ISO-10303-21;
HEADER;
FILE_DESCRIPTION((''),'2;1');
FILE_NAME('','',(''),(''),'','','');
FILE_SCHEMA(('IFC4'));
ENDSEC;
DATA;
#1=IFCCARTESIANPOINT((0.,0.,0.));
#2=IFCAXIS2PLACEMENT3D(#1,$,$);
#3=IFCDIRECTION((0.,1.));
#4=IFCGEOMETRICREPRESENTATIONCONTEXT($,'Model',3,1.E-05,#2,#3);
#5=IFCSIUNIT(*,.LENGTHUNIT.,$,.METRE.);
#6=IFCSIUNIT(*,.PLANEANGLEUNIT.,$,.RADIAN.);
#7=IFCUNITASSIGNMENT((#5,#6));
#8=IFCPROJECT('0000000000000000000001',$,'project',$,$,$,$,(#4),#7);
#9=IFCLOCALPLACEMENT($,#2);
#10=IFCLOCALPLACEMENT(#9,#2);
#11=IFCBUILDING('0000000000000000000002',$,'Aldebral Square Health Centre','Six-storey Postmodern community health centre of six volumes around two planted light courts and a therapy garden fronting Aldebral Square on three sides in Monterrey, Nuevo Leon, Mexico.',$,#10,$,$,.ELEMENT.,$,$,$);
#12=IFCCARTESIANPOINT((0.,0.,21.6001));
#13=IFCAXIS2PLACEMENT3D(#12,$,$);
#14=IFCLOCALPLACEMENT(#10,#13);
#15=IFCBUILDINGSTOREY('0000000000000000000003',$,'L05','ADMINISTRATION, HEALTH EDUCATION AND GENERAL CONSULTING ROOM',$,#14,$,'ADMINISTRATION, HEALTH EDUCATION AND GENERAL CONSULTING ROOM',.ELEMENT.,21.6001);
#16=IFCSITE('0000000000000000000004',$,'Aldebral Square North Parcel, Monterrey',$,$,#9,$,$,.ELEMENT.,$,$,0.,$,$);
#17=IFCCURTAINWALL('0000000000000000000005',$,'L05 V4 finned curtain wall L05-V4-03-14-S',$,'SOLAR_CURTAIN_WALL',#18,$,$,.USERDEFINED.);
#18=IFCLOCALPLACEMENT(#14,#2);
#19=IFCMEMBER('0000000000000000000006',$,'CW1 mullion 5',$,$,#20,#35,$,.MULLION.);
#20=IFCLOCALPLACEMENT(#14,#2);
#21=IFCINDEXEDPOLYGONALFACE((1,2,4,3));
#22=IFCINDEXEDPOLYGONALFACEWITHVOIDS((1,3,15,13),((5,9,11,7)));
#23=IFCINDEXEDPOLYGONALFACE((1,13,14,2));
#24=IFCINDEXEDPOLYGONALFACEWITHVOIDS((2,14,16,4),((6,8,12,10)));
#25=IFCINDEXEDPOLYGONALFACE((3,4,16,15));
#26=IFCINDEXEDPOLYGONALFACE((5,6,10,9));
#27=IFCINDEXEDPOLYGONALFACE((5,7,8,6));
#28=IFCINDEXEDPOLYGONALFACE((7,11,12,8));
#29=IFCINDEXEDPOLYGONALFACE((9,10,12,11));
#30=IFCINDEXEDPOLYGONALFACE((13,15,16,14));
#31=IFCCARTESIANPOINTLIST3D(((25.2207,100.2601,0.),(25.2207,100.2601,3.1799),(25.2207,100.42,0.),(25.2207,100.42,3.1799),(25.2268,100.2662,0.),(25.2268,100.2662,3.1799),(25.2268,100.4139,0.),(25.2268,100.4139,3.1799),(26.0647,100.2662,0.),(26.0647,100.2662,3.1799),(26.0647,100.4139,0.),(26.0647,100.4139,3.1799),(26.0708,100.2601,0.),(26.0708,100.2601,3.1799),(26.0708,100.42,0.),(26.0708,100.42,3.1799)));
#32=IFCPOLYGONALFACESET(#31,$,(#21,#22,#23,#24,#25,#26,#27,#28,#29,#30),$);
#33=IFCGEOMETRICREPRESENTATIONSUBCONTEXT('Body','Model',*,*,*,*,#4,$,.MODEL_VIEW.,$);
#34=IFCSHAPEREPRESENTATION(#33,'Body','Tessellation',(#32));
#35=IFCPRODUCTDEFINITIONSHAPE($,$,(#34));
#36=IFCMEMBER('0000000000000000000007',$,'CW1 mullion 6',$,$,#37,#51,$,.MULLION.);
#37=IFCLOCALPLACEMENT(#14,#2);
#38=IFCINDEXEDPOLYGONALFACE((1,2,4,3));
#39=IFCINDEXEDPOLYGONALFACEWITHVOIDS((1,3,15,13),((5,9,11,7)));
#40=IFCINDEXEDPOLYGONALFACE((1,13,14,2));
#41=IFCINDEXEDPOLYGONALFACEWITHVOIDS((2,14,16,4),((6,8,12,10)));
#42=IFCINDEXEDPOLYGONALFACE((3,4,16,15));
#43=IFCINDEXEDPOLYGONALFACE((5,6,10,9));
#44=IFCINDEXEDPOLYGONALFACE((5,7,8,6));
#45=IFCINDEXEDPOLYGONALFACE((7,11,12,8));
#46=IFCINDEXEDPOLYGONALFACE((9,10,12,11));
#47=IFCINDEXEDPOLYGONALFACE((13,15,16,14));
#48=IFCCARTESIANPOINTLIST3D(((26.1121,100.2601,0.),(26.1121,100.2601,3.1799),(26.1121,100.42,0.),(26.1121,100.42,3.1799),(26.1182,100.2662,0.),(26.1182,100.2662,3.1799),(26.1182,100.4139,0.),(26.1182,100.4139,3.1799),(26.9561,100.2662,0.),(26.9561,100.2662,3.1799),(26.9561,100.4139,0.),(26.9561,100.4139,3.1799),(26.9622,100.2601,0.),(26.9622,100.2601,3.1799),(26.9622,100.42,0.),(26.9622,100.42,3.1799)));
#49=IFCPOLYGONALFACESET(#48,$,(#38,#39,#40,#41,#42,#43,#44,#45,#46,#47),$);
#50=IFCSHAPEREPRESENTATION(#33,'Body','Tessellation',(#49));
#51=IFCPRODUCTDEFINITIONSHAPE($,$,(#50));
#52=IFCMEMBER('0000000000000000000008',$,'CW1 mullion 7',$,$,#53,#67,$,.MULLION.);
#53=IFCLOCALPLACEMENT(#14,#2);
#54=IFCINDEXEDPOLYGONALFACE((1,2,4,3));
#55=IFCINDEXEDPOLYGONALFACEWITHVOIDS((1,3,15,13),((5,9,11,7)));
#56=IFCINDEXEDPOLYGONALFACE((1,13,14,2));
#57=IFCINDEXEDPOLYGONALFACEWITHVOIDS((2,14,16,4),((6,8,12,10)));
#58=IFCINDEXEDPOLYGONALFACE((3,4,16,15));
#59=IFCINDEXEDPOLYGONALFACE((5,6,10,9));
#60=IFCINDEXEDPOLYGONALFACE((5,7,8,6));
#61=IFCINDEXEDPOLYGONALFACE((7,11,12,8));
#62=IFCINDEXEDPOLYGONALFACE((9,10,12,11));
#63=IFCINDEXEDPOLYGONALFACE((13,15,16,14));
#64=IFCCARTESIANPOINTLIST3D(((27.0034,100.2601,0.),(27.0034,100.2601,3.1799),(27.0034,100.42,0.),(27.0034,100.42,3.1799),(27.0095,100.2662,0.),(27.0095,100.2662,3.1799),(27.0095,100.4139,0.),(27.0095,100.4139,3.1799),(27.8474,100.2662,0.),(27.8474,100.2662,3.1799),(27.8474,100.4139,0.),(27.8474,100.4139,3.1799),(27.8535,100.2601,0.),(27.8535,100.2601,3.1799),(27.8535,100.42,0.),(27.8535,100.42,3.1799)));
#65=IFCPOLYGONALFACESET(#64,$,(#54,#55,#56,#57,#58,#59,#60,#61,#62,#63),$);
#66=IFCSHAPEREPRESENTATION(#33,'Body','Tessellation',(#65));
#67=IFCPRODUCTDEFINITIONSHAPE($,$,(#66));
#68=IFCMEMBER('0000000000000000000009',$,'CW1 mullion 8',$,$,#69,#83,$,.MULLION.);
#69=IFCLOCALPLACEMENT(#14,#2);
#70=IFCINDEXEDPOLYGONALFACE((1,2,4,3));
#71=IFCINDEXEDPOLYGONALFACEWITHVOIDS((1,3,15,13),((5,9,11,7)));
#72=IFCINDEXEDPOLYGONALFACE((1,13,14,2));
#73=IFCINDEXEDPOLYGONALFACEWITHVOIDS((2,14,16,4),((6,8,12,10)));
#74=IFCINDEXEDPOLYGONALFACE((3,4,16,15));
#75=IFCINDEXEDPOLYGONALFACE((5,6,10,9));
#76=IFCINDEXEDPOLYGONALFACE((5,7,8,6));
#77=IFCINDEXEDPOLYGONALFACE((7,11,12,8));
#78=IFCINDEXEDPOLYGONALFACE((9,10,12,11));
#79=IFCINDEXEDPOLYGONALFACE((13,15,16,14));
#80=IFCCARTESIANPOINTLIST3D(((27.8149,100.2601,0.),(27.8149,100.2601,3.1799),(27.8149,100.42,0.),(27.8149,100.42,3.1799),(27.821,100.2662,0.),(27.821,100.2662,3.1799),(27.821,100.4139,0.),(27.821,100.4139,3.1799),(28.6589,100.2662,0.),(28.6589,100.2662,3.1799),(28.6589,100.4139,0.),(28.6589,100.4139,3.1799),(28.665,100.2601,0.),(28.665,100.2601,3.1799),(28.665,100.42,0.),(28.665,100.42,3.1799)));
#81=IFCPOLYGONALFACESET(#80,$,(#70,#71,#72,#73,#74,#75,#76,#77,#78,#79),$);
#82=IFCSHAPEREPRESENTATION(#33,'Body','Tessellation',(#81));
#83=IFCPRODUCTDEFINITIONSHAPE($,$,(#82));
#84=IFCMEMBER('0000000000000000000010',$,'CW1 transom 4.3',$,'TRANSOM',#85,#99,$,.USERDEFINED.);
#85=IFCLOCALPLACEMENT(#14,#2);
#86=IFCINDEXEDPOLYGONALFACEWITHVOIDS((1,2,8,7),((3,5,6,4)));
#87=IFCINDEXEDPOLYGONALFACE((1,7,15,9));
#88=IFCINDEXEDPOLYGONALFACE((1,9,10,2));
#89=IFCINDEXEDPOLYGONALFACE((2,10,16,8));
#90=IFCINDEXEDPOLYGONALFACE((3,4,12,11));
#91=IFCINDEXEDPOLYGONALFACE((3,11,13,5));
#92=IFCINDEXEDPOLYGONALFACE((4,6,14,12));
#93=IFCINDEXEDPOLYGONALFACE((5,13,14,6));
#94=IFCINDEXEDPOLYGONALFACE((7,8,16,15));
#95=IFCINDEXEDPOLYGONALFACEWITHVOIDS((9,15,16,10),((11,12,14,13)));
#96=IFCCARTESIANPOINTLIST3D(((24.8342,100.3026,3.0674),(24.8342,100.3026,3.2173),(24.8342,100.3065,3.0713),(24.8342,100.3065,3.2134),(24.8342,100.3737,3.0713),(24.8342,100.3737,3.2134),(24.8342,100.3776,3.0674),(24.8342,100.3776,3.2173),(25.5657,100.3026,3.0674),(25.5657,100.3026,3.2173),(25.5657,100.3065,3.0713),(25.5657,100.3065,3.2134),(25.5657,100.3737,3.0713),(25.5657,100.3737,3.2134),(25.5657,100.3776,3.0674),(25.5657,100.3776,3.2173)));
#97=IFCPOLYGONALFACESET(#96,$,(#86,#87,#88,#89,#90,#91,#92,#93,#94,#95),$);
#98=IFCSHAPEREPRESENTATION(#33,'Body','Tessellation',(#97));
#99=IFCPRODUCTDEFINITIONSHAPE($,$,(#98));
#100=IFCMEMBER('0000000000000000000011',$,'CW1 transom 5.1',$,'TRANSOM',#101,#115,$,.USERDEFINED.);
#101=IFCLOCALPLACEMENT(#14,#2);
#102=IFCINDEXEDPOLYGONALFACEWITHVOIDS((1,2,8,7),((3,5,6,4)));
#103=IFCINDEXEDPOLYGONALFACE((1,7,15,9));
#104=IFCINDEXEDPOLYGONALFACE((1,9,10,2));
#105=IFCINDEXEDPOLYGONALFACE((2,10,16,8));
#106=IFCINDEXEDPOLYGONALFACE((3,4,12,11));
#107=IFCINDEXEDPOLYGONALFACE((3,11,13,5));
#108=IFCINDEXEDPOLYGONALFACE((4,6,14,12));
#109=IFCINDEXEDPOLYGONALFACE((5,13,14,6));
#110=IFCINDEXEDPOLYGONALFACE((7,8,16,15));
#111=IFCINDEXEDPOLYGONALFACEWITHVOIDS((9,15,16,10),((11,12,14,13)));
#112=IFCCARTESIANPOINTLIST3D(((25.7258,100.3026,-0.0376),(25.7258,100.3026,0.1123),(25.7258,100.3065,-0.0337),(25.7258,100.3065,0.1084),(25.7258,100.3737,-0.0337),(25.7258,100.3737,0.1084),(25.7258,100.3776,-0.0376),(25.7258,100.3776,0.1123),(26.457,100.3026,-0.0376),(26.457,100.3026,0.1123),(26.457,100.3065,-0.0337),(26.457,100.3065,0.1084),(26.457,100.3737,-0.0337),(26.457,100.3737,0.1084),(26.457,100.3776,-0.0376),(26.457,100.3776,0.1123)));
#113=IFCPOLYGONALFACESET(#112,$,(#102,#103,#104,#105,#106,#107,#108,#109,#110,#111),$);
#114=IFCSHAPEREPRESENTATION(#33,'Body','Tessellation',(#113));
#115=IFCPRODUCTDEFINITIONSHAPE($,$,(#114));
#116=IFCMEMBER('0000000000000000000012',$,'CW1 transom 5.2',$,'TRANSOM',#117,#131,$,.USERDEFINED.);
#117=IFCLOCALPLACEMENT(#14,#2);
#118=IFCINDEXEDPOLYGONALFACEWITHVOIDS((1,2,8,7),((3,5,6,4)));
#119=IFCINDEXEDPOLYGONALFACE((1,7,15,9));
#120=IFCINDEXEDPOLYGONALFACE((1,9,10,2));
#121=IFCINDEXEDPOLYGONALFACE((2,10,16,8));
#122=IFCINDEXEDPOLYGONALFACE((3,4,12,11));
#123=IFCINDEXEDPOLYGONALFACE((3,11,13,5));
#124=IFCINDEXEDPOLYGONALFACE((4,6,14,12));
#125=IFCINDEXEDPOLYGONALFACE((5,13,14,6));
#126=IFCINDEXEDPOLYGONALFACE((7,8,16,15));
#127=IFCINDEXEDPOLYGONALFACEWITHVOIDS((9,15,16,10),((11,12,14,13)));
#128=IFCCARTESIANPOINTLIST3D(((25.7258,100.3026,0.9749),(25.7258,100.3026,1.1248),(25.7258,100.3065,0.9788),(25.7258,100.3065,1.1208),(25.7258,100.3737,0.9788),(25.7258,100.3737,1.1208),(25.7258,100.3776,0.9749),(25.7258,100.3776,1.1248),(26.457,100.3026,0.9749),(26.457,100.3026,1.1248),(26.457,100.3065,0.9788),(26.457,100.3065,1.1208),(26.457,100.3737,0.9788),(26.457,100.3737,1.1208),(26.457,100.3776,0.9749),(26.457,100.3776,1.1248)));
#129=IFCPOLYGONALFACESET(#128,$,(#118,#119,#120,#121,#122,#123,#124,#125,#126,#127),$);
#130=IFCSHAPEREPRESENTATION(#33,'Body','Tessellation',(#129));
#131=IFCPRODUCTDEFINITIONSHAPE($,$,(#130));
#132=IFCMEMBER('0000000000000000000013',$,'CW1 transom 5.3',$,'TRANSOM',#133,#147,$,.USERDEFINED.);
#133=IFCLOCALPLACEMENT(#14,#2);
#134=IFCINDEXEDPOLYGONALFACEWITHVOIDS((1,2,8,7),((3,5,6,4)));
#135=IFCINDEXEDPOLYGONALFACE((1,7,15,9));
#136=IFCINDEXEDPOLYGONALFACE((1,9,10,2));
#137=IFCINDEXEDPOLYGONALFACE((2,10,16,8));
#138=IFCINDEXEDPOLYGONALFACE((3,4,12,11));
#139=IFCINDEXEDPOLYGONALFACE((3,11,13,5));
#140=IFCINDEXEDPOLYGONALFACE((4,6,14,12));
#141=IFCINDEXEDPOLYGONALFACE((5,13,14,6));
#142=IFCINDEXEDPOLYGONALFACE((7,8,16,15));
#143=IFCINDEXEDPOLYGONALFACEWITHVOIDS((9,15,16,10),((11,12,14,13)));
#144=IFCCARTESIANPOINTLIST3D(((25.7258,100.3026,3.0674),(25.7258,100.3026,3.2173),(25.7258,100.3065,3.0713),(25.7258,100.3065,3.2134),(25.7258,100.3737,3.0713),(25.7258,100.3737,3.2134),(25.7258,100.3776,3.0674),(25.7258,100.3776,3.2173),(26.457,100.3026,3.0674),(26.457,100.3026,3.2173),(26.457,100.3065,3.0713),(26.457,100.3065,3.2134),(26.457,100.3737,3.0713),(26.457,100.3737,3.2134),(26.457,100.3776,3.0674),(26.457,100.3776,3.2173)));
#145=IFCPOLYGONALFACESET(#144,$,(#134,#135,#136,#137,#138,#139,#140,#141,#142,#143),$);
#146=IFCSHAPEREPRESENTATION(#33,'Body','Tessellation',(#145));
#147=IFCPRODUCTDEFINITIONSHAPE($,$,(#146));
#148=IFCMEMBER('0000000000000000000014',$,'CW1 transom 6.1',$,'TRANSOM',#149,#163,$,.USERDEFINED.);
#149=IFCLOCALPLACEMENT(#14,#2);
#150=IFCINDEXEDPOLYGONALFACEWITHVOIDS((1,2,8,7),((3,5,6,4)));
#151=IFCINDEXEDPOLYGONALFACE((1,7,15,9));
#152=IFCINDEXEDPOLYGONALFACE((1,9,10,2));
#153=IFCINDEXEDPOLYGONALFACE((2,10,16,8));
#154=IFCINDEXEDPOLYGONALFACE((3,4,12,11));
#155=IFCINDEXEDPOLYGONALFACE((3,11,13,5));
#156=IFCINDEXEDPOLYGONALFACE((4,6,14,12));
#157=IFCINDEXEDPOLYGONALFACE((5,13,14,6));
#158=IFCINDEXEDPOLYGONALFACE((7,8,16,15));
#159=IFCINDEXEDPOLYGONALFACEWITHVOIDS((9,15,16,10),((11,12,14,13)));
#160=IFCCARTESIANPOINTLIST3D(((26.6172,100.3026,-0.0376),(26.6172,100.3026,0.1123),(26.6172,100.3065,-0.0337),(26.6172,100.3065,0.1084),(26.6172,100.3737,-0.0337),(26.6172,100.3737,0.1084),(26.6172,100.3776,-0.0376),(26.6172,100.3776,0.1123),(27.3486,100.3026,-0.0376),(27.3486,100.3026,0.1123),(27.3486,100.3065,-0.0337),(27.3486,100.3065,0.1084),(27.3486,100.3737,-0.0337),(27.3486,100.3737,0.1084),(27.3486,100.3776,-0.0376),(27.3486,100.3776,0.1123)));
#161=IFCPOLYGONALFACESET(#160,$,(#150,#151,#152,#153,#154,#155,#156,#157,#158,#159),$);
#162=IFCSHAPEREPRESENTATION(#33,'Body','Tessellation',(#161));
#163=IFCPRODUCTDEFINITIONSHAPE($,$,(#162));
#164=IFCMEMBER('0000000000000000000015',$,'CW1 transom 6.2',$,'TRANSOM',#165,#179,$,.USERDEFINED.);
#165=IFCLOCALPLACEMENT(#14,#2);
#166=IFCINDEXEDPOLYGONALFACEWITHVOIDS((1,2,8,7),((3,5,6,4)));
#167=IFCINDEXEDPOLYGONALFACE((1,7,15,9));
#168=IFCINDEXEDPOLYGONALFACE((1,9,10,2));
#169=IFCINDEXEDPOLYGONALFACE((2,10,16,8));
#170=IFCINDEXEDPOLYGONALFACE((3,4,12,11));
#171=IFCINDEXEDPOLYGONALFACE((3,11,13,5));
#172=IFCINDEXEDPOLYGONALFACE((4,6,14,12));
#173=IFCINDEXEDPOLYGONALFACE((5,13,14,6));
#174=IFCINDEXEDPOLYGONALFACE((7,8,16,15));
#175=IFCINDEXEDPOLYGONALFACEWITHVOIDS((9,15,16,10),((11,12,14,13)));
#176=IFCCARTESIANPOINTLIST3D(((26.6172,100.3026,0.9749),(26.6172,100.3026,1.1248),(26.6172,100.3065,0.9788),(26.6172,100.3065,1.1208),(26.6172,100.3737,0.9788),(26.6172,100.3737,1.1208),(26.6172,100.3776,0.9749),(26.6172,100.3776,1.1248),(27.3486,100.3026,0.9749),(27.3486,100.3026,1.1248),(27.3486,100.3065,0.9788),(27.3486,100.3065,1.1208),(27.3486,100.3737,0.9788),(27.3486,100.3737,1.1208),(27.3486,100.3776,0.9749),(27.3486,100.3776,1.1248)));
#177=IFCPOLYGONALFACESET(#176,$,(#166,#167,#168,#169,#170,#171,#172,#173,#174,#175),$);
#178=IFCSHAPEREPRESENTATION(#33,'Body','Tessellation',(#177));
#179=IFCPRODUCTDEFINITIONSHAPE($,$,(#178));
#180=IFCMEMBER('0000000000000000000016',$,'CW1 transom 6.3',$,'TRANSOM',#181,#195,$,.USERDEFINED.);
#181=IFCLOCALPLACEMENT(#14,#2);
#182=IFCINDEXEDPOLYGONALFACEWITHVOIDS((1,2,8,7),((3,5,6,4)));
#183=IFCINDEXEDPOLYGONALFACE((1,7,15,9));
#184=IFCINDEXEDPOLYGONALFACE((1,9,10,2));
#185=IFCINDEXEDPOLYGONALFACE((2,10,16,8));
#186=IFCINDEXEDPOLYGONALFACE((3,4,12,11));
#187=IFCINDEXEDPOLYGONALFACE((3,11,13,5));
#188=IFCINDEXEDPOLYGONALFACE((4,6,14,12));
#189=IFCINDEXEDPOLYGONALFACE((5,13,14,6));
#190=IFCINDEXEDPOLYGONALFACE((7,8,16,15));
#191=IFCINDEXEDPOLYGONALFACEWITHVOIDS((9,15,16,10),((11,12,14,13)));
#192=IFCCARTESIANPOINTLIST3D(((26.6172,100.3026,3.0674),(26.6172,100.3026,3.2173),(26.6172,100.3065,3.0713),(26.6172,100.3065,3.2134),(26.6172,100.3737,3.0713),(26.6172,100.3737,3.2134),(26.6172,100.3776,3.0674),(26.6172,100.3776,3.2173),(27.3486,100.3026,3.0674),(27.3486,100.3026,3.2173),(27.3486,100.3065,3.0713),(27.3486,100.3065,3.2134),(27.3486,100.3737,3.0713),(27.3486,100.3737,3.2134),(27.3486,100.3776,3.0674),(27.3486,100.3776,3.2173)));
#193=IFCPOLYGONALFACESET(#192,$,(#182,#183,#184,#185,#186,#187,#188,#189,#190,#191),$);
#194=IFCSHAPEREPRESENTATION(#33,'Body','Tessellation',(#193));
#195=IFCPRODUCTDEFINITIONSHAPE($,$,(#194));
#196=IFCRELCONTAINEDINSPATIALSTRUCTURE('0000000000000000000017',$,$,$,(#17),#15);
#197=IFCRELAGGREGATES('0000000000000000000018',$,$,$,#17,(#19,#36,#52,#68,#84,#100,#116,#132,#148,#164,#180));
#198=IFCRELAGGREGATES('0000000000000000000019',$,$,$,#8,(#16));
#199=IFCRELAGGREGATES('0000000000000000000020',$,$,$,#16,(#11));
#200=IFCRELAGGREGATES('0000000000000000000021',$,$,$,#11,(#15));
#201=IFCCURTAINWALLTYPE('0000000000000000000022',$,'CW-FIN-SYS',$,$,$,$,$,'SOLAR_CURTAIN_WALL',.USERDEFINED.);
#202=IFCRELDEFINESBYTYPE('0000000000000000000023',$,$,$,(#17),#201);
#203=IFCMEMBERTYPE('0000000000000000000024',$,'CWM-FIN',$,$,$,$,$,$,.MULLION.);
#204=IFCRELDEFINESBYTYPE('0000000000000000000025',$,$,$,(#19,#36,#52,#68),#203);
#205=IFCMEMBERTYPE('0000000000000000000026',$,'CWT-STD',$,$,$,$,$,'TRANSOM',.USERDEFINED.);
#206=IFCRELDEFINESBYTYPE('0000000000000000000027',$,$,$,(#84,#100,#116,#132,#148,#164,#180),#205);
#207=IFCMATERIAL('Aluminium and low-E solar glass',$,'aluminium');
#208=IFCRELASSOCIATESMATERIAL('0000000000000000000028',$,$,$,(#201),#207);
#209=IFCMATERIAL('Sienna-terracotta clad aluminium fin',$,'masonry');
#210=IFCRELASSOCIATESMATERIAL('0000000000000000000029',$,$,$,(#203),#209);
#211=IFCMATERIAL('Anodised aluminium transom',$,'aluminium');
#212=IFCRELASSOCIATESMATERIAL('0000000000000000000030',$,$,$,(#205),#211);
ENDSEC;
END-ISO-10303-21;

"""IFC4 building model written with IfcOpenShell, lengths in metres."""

from ifc_helpers import new_model, si_unit, direction, frame, origin, origin_2d, place, context, subcontext, project, spatial, hollow_rectangle, extrude, material, material_profile, profile_set, type_object, element, aggregate, save


model = new_model("IFC4")

# Units and contexts
model_context = context("Model", 3, precision=1e-05, world=origin(), true_north=direction((0.0, 1.0)))
body_context = subcontext(model_context, "Body", "Model", "MODEL_VIEW")
ifc_project = project(units=[si_unit("LENGTHUNIT", "METRE"), si_unit("PLANEANGLEUNIT", "RADIAN")], contexts=[model_context])

# Site, building, storey
site_placement = place(None, origin())
site = spatial("IfcSite", under=ifc_project, at=site_placement, Name="Aldebral Square North Parcel, Monterrey", CompositionType="ELEMENT", RefElevation=0.0)
building_placement = place(site_placement, origin())
building = spatial("IfcBuilding", under=site, at=building_placement, Name="Aldebral Square Health Centre", Description="Six-storey Postmodern community health centre of six volumes around two planted light courts and a therapy garden fronting Aldebral Square on three sides in Monterrey, Nuevo Leon, Mexico.", CompositionType="ELEMENT")
storey_placement = place(building_placement, frame((0.0, 0.0, 21.6001)))
storey = spatial("IfcBuildingStorey", under=building, at=storey_placement, Name="L05", Description="ADMINISTRATION, HEALTH EDUCATION AND GENERAL CONSULTING ROOM", LongName="ADMINISTRATION, HEALTH EDUCATION AND GENERAL CONSULTING ROOM", CompositionType="ELEMENT", Elevation=21.6001)

# Curtain wall, members
ifc_material_1 = material(Name="Aluminium and low-E solar glass", Category="aluminium")
curtain_wall_type = type_object("IfcCurtainWallType", Name="CW-FIN-SYS", ElementType="SOLAR_CURTAIN_WALL", PredefinedType="USERDEFINED", material=ifc_material_1)
curtain_wall_placement = place(storey_placement, origin())
curtain_wall = element("IfcCurtainWall", 1, at=curtain_wall_placement, inside=storey, type_object=curtain_wall_type, Name="L05 V4 finned curtain wall L05-V4-03-14-S", ObjectType="SOLAR_CURTAIN_WALL", PredefinedType="USERDEFINED")
ifc_material_2 = material(Name="Sienna-terracotta clad aluminium fin", Category="masonry")
ifc_material_profile_1 = material_profile(ifc_material_2, hollow_rectangle(XDim=0.1599, YDim=0.8501, WallThickness=0.0061, at=origin_2d()), Name="FIN 160x850x6")
ifc_profile_set_1 = profile_set([ifc_material_profile_1], Name="Sienna-terracotta clad aluminium fin")
member_type_1 = type_object("IfcMemberType", Name="CWM-FIN", PredefinedType="MULLION", material=ifc_profile_set_1)
member_1_placement = place(storey_placement, frame((25.6458, 100.3401, 0.0), z_axis=(0.0, 0.0, 1.0), x_axis=(0.0, 1.0, 0.0)))
member_1 = element("IfcMember", 2, at=member_1_placement, type_object=member_type_1, Name="CW1 mullion 5", PredefinedType="MULLION", context=body_context, shape_type="SweptSolid", body=[
    extrude(hollow_rectangle(XDim=0.1599, YDim=0.8501, WallThickness=0.0061, at=origin_2d()), origin(), (0.0, 0.0, 1.0), 3.1799),
])
member_2_placement = place(storey_placement, frame((26.5371, 100.3401, 0.0), z_axis=(0.0, 0.0, 1.0), x_axis=(0.0, 1.0, 0.0)))
member_2 = element("IfcMember", 3, at=member_2_placement, type_object=member_type_1, Name="CW1 mullion 6", PredefinedType="MULLION", context=body_context, shape_type="SweptSolid", body=[
    extrude(hollow_rectangle(XDim=0.1599, YDim=0.8501, WallThickness=0.0061, at=origin_2d()), origin(), (0.0, 0.0, 1.0), 3.1799),
])
member_3_placement = place(storey_placement, frame((27.4285, 100.3401, 0.0), z_axis=(0.0, 0.0, 1.0), x_axis=(0.0, 1.0, 0.0)))
member_3 = element("IfcMember", 4, at=member_3_placement, type_object=member_type_1, Name="CW1 mullion 7", PredefinedType="MULLION", context=body_context, shape_type="SweptSolid", body=[
    extrude(hollow_rectangle(XDim=0.1599, YDim=0.8501, WallThickness=0.0061, at=origin_2d()), origin(), (0.0, 0.0, 1.0), 3.1799),
])
member_4_placement = place(storey_placement, frame((28.24, 100.3401, 0.0), z_axis=(0.0, 0.0, 1.0), x_axis=(0.0, 1.0, 0.0)))
member_4 = element("IfcMember", 5, at=member_4_placement, type_object=member_type_1, Name="CW1 mullion 8", PredefinedType="MULLION", context=body_context, shape_type="SweptSolid", body=[
    extrude(hollow_rectangle(XDim=0.1599, YDim=0.8501, WallThickness=0.0061, at=origin_2d()), origin(), (0.0, 0.0, 1.0), 3.1799),
])
ifc_material_3 = material(Name="Anodised aluminium transom", Category="aluminium")
ifc_material_profile_2 = material_profile(ifc_material_3, hollow_rectangle(XDim=0.075, YDim=0.1499, WallThickness=0.0039, at=origin_2d()), Name="CWT 75x150x4")
ifc_profile_set_2 = profile_set([ifc_material_profile_2], Name="Anodised aluminium transom")
member_type_2 = type_object("IfcMemberType", Name="CWT-STD", ElementType="TRANSOM", PredefinedType="USERDEFINED", material=ifc_profile_set_2)
member_5_placement = place(storey_placement, frame((24.8342, 100.3401, 3.1423), z_axis=(1.0, 0.0, 0.0), x_axis=(0.0, 1.0, 0.0)))
member_5 = element("IfcMember", 6, at=member_5_placement, type_object=member_type_2, Name="CW1 transom 4.3", ObjectType="TRANSOM", PredefinedType="USERDEFINED", context=body_context, shape_type="SweptSolid", body=[
    extrude(hollow_rectangle(XDim=0.075, YDim=0.1499, WallThickness=0.0039, at=origin_2d()), origin(), (0.0, 0.0, 1.0), 0.7314),
])
member_6_placement = place(storey_placement, frame((25.7258, 100.3401, 0.0374), z_axis=(1.0, 0.0, 0.0), x_axis=(0.0, 1.0, 0.0)))
member_6 = element("IfcMember", 7, at=member_6_placement, type_object=member_type_2, Name="CW1 transom 5.1", ObjectType="TRANSOM", PredefinedType="USERDEFINED", context=body_context, shape_type="SweptSolid", body=[
    extrude(hollow_rectangle(XDim=0.075, YDim=0.1499, WallThickness=0.0039, at=origin_2d()), origin(), (0.0, 0.0, 1.0), 0.7312),
])
member_7_placement = place(storey_placement, frame((25.7258, 100.3401, 1.0498), z_axis=(1.0, 0.0, 0.0), x_axis=(0.0, 1.0, 0.0)))
member_7 = element("IfcMember", 8, at=member_7_placement, type_object=member_type_2, Name="CW1 transom 5.2", ObjectType="TRANSOM", PredefinedType="USERDEFINED", context=body_context, shape_type="SweptSolid", body=[
    extrude(hollow_rectangle(XDim=0.075, YDim=0.1499, WallThickness=0.0039, at=origin_2d()), origin(), (0.0, 0.0, 1.0), 0.7312),
])
member_8_placement = place(storey_placement, frame((25.7258, 100.3401, 3.1423), z_axis=(1.0, 0.0, 0.0), x_axis=(0.0, 1.0, 0.0)))
member_8 = element("IfcMember", 9, at=member_8_placement, type_object=member_type_2, Name="CW1 transom 5.3", ObjectType="TRANSOM", PredefinedType="USERDEFINED", context=body_context, shape_type="SweptSolid", body=[
    extrude(hollow_rectangle(XDim=0.075, YDim=0.1499, WallThickness=0.0039, at=origin_2d()), origin(), (0.0, 0.0, 1.0), 0.7312),
])
member_9_placement = place(storey_placement, frame((26.6172, 100.3401, 0.0374), z_axis=(1.0, 0.0, 0.0), x_axis=(0.0, 1.0, 0.0)))
member_9 = element("IfcMember", 10, at=member_9_placement, type_object=member_type_2, Name="CW1 transom 6.1", ObjectType="TRANSOM", PredefinedType="USERDEFINED", context=body_context, shape_type="SweptSolid", body=[
    extrude(hollow_rectangle(XDim=0.075, YDim=0.1499, WallThickness=0.0039, at=origin_2d()), origin(), (0.0, 0.0, 1.0), 0.7314),
])
member_10_placement = place(storey_placement, frame((26.6172, 100.3401, 1.0498), z_axis=(1.0, 0.0, 0.0), x_axis=(0.0, 1.0, 0.0)))
member_10 = element("IfcMember", 11, at=member_10_placement, type_object=member_type_2, Name="CW1 transom 6.2", ObjectType="TRANSOM", PredefinedType="USERDEFINED", context=body_context, shape_type="SweptSolid", body=[
    extrude(hollow_rectangle(XDim=0.075, YDim=0.1499, WallThickness=0.0039, at=origin_2d()), origin(), (0.0, 0.0, 1.0), 0.7314),
])
member_11_placement = place(storey_placement, frame((26.6172, 100.3401, 3.1423), z_axis=(1.0, 0.0, 0.0), x_axis=(0.0, 1.0, 0.0)))
member_11 = element("IfcMember", 12, at=member_11_placement, type_object=member_type_2, Name="CW1 transom 6.3", ObjectType="TRANSOM", PredefinedType="USERDEFINED", context=body_context, shape_type="SweptSolid", body=[
    extrude(hollow_rectangle(XDim=0.075, YDim=0.1499, WallThickness=0.0039, at=origin_2d()), origin(), (0.0, 0.0, 1.0), 0.7314),
])
aggregate(curtain_wall, [member_1, member_2, member_3, member_4, member_5, member_6, member_7, member_8, member_9, member_10, member_11])

save(model, "model.ifc")
